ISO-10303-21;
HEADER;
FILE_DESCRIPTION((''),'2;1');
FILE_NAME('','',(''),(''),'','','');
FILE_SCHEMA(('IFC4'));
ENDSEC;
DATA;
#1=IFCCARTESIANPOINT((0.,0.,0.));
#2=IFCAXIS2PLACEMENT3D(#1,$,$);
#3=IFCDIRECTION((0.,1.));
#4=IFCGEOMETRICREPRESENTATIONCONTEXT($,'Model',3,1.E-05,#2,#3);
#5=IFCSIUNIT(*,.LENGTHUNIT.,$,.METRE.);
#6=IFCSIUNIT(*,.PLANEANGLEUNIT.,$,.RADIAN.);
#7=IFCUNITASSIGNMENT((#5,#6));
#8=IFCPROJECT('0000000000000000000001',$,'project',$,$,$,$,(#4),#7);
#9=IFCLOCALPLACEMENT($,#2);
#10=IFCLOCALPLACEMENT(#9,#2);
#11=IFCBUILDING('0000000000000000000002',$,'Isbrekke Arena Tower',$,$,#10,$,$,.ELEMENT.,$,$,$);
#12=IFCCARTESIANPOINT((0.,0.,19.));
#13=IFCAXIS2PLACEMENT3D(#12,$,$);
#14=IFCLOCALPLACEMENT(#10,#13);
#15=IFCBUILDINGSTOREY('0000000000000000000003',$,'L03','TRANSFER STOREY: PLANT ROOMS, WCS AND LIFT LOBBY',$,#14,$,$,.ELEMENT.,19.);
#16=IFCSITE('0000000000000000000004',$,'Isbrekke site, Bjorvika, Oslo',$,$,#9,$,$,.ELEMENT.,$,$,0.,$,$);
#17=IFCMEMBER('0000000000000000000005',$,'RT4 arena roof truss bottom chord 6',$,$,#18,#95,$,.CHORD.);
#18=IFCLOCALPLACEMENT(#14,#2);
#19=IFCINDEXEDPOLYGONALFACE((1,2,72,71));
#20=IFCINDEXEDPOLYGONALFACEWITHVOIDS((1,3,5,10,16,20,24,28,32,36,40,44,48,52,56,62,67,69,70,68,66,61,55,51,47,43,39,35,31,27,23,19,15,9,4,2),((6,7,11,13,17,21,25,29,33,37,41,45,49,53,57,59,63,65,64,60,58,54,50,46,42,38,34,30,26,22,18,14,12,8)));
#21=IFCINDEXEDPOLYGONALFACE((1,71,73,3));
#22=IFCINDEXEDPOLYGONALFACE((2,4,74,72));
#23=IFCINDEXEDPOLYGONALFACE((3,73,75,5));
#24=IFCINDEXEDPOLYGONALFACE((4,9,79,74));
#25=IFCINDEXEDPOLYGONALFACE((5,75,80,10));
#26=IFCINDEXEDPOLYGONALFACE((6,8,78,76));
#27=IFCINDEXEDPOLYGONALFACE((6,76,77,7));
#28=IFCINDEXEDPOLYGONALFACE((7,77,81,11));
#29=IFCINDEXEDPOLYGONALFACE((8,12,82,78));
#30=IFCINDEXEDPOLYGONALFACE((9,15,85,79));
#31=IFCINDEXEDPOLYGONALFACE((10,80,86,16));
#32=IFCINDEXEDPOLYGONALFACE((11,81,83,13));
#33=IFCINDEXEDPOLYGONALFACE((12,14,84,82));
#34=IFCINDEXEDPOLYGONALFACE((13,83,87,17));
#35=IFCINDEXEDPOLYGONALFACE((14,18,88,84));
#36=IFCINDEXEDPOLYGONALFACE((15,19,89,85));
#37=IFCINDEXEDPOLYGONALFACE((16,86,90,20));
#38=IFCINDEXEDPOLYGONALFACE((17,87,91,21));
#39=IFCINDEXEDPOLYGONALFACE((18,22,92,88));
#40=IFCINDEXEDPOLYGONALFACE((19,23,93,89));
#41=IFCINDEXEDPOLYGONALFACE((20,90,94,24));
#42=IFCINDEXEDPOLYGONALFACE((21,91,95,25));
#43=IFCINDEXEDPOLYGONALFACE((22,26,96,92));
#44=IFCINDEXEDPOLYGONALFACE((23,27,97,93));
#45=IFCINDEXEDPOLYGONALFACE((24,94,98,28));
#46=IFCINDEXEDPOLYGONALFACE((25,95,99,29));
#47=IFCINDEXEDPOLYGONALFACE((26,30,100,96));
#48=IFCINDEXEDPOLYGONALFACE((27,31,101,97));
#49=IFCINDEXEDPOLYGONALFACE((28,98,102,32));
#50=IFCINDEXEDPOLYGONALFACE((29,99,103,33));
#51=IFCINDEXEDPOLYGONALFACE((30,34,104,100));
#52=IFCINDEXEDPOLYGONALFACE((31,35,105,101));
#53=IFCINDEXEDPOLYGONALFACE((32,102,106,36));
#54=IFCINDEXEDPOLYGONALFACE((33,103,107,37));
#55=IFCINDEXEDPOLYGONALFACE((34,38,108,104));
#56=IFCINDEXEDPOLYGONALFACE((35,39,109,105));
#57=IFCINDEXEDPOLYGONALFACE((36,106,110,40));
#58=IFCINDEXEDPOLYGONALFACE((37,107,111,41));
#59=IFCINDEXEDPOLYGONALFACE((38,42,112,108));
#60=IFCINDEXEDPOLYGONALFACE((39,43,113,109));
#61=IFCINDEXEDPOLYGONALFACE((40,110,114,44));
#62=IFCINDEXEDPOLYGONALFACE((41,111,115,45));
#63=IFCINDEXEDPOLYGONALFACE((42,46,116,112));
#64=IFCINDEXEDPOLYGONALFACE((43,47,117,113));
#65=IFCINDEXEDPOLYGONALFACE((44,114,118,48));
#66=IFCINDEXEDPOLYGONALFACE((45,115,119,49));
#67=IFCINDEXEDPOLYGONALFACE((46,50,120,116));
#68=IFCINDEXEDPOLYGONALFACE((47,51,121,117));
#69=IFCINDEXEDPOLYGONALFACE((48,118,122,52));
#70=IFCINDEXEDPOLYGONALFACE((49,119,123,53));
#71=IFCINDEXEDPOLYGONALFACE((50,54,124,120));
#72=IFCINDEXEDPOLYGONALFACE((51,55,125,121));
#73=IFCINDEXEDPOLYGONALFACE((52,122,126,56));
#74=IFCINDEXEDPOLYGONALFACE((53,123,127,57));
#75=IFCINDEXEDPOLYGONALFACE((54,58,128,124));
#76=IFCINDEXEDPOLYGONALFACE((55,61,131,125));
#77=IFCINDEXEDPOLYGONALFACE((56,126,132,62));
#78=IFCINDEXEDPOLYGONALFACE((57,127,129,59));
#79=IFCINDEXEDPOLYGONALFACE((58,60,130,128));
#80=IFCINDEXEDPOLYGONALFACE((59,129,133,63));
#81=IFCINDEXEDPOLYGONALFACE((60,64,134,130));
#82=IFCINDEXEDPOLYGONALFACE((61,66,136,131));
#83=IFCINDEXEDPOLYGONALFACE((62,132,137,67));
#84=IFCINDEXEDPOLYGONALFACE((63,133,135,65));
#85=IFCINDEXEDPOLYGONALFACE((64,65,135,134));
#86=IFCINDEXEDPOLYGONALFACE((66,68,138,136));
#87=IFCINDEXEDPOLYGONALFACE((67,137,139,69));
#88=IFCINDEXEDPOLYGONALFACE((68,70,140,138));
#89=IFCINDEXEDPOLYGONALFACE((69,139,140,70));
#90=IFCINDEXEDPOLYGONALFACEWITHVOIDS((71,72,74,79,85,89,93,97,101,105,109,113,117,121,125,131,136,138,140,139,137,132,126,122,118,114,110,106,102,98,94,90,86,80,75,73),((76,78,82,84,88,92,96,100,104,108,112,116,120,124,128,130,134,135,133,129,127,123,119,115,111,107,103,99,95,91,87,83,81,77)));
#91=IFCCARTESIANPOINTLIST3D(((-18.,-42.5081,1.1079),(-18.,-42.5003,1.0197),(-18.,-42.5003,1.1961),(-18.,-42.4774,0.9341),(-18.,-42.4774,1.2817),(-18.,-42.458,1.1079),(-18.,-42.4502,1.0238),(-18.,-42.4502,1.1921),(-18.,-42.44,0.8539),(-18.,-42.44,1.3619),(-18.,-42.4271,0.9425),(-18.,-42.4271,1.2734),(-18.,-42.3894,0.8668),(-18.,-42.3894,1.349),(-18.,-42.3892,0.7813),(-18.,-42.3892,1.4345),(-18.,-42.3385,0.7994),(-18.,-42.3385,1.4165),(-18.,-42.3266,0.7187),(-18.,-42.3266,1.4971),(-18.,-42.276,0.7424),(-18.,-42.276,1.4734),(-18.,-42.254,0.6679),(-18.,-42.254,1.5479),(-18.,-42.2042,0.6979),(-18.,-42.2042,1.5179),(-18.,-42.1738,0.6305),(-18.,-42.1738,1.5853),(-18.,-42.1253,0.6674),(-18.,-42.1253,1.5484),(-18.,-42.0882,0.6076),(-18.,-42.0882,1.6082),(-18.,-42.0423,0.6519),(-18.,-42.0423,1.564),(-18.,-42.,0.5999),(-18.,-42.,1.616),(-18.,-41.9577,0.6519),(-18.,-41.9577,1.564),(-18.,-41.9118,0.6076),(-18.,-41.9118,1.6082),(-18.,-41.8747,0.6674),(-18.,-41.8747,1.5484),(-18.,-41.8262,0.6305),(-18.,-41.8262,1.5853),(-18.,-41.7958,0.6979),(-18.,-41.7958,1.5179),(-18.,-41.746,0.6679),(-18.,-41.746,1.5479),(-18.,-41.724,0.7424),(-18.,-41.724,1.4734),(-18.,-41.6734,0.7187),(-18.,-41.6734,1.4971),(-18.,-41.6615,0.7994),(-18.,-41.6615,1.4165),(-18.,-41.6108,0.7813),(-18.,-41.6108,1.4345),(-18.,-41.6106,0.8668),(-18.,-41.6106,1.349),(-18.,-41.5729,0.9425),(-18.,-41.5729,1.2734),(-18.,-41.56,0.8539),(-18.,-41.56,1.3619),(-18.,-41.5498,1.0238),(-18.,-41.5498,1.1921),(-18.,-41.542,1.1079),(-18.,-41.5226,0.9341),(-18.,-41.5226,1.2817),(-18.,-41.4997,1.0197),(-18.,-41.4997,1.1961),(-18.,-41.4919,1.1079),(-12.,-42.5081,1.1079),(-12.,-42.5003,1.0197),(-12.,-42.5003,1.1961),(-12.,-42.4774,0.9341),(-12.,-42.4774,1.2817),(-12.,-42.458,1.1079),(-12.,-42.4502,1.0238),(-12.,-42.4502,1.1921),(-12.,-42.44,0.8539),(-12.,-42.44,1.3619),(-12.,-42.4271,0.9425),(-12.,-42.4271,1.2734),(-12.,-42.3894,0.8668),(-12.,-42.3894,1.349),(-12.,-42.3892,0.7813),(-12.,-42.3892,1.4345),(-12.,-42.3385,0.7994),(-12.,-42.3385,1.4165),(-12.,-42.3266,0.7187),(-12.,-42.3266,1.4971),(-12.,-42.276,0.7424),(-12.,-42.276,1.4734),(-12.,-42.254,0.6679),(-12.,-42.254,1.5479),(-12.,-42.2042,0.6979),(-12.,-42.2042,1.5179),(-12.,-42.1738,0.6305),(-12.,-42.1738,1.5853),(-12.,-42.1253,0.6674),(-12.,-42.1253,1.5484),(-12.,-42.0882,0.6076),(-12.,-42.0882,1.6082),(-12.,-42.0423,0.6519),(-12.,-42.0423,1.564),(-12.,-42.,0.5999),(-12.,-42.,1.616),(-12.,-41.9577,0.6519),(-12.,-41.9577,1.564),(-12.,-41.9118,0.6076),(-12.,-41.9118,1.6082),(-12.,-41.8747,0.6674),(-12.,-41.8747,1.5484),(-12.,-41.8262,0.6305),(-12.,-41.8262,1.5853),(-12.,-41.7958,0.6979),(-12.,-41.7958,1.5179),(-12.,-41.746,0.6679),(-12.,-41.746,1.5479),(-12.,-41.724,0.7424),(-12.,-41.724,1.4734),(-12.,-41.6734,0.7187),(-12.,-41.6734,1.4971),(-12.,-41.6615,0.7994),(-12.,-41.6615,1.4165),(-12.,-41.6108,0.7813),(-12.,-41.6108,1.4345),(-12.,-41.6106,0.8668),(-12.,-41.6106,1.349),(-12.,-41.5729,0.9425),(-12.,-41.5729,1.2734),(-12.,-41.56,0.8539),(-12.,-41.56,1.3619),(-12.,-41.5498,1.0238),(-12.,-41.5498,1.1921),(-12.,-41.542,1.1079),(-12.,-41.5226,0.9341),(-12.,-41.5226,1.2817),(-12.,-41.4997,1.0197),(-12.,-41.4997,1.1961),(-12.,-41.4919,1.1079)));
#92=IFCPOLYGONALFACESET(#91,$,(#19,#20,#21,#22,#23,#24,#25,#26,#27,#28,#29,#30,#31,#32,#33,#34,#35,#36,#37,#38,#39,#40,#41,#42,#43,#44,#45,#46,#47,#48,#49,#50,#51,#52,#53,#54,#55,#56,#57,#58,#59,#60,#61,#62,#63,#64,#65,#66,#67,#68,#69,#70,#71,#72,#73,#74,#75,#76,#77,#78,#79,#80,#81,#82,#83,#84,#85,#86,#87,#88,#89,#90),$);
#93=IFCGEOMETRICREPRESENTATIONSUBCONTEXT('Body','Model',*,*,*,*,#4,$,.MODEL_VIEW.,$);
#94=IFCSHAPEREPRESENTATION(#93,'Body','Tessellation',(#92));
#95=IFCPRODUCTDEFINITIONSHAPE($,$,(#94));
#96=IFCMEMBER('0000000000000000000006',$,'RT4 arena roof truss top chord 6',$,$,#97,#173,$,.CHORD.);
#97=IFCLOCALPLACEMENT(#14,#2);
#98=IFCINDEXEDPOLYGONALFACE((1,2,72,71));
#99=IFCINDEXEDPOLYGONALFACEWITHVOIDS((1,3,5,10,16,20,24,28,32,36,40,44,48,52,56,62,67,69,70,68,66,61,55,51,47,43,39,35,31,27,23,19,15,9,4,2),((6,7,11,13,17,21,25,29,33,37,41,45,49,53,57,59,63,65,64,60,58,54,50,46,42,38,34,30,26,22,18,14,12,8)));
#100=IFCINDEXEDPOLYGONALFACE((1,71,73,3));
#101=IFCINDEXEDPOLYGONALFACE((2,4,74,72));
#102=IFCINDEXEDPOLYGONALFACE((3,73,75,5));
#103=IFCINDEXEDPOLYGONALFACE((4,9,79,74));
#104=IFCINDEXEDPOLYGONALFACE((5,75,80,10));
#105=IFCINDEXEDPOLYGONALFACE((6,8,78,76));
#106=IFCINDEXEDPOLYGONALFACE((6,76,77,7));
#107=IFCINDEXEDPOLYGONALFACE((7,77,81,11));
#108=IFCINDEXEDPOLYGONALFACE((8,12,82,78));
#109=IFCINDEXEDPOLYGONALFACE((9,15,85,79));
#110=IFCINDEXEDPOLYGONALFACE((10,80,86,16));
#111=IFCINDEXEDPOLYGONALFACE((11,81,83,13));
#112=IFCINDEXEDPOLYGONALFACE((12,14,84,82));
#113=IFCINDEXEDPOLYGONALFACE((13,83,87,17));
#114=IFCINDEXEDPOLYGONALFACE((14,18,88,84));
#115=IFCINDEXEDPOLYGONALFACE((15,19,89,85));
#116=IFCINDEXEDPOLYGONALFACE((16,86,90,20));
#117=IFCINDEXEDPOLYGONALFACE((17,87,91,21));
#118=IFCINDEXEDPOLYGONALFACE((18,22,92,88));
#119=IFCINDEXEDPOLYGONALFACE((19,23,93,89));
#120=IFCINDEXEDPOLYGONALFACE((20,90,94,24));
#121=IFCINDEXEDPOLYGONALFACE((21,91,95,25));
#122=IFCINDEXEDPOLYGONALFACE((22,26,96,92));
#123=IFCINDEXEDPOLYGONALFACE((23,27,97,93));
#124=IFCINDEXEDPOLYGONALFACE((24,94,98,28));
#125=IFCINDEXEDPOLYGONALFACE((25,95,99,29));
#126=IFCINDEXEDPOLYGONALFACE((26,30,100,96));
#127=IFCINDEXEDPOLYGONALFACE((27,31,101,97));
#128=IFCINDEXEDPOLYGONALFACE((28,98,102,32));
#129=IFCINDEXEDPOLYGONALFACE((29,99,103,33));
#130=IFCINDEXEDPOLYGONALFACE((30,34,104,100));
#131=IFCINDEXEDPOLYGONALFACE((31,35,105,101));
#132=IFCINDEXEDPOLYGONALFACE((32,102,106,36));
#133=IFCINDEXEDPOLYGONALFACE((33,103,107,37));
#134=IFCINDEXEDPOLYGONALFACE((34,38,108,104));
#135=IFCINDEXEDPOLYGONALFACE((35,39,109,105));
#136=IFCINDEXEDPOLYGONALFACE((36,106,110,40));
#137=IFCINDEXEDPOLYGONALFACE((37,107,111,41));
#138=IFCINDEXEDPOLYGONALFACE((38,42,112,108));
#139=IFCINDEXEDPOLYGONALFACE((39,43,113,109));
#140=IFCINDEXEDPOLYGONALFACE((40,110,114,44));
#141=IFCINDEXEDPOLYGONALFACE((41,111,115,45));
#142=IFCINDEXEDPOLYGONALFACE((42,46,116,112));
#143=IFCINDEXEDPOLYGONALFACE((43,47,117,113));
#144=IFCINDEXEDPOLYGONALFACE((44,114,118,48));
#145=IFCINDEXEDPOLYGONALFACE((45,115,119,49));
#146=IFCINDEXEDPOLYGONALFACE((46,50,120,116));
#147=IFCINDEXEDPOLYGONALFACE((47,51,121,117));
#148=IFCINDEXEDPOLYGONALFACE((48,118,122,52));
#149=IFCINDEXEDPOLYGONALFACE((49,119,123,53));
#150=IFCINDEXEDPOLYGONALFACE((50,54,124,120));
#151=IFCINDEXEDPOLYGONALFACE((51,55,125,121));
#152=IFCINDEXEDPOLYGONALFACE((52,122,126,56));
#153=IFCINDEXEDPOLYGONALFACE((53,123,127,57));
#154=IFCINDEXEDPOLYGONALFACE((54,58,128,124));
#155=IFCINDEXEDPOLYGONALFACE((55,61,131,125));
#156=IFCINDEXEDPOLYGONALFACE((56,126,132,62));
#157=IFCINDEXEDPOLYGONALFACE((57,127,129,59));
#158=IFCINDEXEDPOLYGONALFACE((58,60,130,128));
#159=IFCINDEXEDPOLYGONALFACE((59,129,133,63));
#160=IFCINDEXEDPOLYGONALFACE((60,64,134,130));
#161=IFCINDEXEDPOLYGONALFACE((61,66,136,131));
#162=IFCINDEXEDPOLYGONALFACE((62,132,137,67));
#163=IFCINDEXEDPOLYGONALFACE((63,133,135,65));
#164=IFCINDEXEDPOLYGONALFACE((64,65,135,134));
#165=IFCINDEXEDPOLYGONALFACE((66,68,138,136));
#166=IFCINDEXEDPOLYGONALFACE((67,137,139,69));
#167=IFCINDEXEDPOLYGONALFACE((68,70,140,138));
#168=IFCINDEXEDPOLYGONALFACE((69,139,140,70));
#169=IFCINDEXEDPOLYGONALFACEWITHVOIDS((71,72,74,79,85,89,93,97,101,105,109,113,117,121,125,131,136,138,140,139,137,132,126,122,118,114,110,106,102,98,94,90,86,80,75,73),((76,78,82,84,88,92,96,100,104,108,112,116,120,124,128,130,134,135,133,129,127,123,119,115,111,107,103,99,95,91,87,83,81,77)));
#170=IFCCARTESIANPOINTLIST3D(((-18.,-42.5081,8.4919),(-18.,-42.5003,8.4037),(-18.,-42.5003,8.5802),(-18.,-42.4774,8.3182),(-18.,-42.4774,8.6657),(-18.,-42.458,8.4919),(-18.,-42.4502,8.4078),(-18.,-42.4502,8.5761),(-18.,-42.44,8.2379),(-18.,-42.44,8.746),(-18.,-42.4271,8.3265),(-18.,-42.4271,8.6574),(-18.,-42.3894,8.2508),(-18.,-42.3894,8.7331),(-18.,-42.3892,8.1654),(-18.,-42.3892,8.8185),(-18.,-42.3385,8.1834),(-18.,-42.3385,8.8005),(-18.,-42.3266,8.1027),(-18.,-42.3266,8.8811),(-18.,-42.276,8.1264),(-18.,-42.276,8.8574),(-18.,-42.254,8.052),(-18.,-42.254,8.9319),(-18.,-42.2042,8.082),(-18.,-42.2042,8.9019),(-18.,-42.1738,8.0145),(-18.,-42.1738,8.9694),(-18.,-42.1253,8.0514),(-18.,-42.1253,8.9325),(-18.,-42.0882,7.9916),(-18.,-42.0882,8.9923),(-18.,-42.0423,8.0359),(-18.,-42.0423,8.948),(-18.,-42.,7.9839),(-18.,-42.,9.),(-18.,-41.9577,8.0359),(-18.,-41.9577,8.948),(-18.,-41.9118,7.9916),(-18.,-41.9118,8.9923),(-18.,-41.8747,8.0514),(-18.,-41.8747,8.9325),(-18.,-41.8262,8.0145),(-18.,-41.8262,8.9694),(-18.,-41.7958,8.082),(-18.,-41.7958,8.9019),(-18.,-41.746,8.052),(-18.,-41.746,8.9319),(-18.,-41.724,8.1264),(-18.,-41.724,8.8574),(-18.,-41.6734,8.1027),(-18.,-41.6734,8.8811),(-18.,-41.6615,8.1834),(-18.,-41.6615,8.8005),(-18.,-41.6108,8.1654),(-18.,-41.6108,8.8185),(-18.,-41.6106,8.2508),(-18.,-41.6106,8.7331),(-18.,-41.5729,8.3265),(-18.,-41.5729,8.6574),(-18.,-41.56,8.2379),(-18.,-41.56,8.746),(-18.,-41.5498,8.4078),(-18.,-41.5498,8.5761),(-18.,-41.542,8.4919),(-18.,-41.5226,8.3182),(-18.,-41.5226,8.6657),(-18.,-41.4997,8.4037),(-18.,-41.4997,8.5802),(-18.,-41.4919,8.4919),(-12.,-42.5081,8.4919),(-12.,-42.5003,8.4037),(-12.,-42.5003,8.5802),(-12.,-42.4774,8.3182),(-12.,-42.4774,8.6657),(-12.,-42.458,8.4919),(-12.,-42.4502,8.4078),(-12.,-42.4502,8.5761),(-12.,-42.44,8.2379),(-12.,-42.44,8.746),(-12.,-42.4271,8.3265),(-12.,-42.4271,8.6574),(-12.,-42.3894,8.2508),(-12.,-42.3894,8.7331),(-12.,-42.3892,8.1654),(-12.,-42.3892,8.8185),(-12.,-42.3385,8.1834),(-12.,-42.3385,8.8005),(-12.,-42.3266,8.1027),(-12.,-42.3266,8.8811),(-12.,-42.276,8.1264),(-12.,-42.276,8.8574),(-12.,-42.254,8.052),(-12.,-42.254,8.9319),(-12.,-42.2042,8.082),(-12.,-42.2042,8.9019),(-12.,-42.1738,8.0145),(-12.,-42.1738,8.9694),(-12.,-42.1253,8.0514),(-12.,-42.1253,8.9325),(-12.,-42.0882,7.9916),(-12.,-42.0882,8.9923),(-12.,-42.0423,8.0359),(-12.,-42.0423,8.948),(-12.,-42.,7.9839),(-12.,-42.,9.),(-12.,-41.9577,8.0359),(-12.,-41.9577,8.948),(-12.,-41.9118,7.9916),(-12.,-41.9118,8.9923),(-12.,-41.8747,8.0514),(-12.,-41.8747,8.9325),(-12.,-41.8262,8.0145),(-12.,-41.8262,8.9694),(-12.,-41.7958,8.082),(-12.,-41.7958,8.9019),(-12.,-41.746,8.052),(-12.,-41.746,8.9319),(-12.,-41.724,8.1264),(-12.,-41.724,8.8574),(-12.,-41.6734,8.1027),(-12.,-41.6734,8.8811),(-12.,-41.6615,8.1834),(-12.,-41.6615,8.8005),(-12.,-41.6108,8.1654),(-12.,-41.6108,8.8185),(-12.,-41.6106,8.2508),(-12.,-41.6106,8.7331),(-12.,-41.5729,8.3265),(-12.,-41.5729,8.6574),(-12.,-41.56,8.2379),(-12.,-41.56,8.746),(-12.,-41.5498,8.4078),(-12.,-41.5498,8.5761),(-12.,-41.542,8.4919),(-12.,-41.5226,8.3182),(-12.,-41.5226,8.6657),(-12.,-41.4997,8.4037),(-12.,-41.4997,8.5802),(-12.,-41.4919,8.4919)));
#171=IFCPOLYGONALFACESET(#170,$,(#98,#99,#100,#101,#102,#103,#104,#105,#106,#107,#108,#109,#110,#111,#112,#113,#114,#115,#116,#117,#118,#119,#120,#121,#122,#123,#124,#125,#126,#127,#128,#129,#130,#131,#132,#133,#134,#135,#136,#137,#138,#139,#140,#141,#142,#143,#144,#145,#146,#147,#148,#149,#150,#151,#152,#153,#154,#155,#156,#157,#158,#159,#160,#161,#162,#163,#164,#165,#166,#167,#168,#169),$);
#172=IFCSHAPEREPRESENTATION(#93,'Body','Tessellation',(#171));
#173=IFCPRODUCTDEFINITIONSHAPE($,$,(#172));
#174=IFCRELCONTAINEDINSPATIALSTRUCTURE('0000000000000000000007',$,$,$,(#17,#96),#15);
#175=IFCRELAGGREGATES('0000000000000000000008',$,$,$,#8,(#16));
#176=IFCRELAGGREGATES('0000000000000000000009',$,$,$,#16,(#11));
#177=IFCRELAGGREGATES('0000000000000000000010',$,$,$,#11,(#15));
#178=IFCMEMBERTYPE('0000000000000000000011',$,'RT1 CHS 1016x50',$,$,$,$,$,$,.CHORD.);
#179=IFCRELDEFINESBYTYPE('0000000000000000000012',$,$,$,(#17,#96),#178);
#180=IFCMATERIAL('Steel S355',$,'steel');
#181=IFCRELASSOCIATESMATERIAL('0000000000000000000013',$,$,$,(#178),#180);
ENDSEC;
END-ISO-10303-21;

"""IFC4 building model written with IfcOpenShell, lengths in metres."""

from ifc_helpers import new_model, si_unit, direction, frame, origin, origin_2d, place, context, subcontext, project, spatial, hollow_circle, extrude, material, material_profile, profile_set, type_object, element, save


model = new_model("IFC4")

# Units and contexts
model_context = context("Model", 3, precision=1e-05, world=origin(), true_north=direction((0.0, 1.0)))
body_context = subcontext(model_context, "Body", "Model", "MODEL_VIEW")
ifc_project = project(units=[si_unit("LENGTHUNIT", "METRE"), si_unit("PLANEANGLEUNIT", "RADIAN")], contexts=[model_context])

# Site, building, storey
site_placement = place(None, origin())
site = spatial("IfcSite", under=ifc_project, at=site_placement, Name="Isbrekke site, Bjorvika, Oslo", CompositionType="ELEMENT", RefElevation=0.0)
building_placement = place(site_placement, origin())
building = spatial("IfcBuilding", under=site, at=building_placement, Name="Isbrekke Arena Tower", CompositionType="ELEMENT")
storey_placement = place(building_placement, frame((0.0, 0.0, 19.0)))
storey = spatial("IfcBuildingStorey", under=building, at=storey_placement, Name="L03", Description="TRANSFER STOREY: PLANT ROOMS, WCS AND LIFT LOBBY", CompositionType="ELEMENT", Elevation=19.0)

# Members
ifc_material_1 = material(Name="Steel S355", Category="steel")
ifc_material_profile_1 = material_profile(ifc_material_1, hollow_circle(Radius=0.5081, WallThickness=0.05, at=origin_2d()), Name="CHS 1016x50")
ifc_profile_set_1 = profile_set([ifc_material_profile_1], Name="Steel S355")
member_type_1 = type_object("IfcMemberType", Name="RT1 CHS 1016x50", PredefinedType="CHORD", material=ifc_profile_set_1)
for number, where, z_axis, x_axis, name in (
    (1, (-18.0, -42.0, 1.1079), (1.0, 0.0, 0.0), (0.0, 1.0, 0.0), "RT4 arena roof truss bottom chord 6"),
    (2, (-18.0, -42.0, 8.4919), (1.0, 0.0, 0.0), (0.0, 1.0, 0.0), "RT4 arena roof truss top chord 6"),
):
    element("IfcMember", number, at=place(storey_placement, frame(where, z_axis=z_axis, x_axis=x_axis)), inside=storey, type_object=member_type_1, Name=name, PredefinedType="CHORD", context=body_context, shape_type="SweptSolid", body=[
        extrude(hollow_circle(Radius=0.5081, WallThickness=0.05, at=origin_2d()), origin(), (0.0, 0.0, 1.0), 6.0),
    ])

save(model, "model.ifc")
